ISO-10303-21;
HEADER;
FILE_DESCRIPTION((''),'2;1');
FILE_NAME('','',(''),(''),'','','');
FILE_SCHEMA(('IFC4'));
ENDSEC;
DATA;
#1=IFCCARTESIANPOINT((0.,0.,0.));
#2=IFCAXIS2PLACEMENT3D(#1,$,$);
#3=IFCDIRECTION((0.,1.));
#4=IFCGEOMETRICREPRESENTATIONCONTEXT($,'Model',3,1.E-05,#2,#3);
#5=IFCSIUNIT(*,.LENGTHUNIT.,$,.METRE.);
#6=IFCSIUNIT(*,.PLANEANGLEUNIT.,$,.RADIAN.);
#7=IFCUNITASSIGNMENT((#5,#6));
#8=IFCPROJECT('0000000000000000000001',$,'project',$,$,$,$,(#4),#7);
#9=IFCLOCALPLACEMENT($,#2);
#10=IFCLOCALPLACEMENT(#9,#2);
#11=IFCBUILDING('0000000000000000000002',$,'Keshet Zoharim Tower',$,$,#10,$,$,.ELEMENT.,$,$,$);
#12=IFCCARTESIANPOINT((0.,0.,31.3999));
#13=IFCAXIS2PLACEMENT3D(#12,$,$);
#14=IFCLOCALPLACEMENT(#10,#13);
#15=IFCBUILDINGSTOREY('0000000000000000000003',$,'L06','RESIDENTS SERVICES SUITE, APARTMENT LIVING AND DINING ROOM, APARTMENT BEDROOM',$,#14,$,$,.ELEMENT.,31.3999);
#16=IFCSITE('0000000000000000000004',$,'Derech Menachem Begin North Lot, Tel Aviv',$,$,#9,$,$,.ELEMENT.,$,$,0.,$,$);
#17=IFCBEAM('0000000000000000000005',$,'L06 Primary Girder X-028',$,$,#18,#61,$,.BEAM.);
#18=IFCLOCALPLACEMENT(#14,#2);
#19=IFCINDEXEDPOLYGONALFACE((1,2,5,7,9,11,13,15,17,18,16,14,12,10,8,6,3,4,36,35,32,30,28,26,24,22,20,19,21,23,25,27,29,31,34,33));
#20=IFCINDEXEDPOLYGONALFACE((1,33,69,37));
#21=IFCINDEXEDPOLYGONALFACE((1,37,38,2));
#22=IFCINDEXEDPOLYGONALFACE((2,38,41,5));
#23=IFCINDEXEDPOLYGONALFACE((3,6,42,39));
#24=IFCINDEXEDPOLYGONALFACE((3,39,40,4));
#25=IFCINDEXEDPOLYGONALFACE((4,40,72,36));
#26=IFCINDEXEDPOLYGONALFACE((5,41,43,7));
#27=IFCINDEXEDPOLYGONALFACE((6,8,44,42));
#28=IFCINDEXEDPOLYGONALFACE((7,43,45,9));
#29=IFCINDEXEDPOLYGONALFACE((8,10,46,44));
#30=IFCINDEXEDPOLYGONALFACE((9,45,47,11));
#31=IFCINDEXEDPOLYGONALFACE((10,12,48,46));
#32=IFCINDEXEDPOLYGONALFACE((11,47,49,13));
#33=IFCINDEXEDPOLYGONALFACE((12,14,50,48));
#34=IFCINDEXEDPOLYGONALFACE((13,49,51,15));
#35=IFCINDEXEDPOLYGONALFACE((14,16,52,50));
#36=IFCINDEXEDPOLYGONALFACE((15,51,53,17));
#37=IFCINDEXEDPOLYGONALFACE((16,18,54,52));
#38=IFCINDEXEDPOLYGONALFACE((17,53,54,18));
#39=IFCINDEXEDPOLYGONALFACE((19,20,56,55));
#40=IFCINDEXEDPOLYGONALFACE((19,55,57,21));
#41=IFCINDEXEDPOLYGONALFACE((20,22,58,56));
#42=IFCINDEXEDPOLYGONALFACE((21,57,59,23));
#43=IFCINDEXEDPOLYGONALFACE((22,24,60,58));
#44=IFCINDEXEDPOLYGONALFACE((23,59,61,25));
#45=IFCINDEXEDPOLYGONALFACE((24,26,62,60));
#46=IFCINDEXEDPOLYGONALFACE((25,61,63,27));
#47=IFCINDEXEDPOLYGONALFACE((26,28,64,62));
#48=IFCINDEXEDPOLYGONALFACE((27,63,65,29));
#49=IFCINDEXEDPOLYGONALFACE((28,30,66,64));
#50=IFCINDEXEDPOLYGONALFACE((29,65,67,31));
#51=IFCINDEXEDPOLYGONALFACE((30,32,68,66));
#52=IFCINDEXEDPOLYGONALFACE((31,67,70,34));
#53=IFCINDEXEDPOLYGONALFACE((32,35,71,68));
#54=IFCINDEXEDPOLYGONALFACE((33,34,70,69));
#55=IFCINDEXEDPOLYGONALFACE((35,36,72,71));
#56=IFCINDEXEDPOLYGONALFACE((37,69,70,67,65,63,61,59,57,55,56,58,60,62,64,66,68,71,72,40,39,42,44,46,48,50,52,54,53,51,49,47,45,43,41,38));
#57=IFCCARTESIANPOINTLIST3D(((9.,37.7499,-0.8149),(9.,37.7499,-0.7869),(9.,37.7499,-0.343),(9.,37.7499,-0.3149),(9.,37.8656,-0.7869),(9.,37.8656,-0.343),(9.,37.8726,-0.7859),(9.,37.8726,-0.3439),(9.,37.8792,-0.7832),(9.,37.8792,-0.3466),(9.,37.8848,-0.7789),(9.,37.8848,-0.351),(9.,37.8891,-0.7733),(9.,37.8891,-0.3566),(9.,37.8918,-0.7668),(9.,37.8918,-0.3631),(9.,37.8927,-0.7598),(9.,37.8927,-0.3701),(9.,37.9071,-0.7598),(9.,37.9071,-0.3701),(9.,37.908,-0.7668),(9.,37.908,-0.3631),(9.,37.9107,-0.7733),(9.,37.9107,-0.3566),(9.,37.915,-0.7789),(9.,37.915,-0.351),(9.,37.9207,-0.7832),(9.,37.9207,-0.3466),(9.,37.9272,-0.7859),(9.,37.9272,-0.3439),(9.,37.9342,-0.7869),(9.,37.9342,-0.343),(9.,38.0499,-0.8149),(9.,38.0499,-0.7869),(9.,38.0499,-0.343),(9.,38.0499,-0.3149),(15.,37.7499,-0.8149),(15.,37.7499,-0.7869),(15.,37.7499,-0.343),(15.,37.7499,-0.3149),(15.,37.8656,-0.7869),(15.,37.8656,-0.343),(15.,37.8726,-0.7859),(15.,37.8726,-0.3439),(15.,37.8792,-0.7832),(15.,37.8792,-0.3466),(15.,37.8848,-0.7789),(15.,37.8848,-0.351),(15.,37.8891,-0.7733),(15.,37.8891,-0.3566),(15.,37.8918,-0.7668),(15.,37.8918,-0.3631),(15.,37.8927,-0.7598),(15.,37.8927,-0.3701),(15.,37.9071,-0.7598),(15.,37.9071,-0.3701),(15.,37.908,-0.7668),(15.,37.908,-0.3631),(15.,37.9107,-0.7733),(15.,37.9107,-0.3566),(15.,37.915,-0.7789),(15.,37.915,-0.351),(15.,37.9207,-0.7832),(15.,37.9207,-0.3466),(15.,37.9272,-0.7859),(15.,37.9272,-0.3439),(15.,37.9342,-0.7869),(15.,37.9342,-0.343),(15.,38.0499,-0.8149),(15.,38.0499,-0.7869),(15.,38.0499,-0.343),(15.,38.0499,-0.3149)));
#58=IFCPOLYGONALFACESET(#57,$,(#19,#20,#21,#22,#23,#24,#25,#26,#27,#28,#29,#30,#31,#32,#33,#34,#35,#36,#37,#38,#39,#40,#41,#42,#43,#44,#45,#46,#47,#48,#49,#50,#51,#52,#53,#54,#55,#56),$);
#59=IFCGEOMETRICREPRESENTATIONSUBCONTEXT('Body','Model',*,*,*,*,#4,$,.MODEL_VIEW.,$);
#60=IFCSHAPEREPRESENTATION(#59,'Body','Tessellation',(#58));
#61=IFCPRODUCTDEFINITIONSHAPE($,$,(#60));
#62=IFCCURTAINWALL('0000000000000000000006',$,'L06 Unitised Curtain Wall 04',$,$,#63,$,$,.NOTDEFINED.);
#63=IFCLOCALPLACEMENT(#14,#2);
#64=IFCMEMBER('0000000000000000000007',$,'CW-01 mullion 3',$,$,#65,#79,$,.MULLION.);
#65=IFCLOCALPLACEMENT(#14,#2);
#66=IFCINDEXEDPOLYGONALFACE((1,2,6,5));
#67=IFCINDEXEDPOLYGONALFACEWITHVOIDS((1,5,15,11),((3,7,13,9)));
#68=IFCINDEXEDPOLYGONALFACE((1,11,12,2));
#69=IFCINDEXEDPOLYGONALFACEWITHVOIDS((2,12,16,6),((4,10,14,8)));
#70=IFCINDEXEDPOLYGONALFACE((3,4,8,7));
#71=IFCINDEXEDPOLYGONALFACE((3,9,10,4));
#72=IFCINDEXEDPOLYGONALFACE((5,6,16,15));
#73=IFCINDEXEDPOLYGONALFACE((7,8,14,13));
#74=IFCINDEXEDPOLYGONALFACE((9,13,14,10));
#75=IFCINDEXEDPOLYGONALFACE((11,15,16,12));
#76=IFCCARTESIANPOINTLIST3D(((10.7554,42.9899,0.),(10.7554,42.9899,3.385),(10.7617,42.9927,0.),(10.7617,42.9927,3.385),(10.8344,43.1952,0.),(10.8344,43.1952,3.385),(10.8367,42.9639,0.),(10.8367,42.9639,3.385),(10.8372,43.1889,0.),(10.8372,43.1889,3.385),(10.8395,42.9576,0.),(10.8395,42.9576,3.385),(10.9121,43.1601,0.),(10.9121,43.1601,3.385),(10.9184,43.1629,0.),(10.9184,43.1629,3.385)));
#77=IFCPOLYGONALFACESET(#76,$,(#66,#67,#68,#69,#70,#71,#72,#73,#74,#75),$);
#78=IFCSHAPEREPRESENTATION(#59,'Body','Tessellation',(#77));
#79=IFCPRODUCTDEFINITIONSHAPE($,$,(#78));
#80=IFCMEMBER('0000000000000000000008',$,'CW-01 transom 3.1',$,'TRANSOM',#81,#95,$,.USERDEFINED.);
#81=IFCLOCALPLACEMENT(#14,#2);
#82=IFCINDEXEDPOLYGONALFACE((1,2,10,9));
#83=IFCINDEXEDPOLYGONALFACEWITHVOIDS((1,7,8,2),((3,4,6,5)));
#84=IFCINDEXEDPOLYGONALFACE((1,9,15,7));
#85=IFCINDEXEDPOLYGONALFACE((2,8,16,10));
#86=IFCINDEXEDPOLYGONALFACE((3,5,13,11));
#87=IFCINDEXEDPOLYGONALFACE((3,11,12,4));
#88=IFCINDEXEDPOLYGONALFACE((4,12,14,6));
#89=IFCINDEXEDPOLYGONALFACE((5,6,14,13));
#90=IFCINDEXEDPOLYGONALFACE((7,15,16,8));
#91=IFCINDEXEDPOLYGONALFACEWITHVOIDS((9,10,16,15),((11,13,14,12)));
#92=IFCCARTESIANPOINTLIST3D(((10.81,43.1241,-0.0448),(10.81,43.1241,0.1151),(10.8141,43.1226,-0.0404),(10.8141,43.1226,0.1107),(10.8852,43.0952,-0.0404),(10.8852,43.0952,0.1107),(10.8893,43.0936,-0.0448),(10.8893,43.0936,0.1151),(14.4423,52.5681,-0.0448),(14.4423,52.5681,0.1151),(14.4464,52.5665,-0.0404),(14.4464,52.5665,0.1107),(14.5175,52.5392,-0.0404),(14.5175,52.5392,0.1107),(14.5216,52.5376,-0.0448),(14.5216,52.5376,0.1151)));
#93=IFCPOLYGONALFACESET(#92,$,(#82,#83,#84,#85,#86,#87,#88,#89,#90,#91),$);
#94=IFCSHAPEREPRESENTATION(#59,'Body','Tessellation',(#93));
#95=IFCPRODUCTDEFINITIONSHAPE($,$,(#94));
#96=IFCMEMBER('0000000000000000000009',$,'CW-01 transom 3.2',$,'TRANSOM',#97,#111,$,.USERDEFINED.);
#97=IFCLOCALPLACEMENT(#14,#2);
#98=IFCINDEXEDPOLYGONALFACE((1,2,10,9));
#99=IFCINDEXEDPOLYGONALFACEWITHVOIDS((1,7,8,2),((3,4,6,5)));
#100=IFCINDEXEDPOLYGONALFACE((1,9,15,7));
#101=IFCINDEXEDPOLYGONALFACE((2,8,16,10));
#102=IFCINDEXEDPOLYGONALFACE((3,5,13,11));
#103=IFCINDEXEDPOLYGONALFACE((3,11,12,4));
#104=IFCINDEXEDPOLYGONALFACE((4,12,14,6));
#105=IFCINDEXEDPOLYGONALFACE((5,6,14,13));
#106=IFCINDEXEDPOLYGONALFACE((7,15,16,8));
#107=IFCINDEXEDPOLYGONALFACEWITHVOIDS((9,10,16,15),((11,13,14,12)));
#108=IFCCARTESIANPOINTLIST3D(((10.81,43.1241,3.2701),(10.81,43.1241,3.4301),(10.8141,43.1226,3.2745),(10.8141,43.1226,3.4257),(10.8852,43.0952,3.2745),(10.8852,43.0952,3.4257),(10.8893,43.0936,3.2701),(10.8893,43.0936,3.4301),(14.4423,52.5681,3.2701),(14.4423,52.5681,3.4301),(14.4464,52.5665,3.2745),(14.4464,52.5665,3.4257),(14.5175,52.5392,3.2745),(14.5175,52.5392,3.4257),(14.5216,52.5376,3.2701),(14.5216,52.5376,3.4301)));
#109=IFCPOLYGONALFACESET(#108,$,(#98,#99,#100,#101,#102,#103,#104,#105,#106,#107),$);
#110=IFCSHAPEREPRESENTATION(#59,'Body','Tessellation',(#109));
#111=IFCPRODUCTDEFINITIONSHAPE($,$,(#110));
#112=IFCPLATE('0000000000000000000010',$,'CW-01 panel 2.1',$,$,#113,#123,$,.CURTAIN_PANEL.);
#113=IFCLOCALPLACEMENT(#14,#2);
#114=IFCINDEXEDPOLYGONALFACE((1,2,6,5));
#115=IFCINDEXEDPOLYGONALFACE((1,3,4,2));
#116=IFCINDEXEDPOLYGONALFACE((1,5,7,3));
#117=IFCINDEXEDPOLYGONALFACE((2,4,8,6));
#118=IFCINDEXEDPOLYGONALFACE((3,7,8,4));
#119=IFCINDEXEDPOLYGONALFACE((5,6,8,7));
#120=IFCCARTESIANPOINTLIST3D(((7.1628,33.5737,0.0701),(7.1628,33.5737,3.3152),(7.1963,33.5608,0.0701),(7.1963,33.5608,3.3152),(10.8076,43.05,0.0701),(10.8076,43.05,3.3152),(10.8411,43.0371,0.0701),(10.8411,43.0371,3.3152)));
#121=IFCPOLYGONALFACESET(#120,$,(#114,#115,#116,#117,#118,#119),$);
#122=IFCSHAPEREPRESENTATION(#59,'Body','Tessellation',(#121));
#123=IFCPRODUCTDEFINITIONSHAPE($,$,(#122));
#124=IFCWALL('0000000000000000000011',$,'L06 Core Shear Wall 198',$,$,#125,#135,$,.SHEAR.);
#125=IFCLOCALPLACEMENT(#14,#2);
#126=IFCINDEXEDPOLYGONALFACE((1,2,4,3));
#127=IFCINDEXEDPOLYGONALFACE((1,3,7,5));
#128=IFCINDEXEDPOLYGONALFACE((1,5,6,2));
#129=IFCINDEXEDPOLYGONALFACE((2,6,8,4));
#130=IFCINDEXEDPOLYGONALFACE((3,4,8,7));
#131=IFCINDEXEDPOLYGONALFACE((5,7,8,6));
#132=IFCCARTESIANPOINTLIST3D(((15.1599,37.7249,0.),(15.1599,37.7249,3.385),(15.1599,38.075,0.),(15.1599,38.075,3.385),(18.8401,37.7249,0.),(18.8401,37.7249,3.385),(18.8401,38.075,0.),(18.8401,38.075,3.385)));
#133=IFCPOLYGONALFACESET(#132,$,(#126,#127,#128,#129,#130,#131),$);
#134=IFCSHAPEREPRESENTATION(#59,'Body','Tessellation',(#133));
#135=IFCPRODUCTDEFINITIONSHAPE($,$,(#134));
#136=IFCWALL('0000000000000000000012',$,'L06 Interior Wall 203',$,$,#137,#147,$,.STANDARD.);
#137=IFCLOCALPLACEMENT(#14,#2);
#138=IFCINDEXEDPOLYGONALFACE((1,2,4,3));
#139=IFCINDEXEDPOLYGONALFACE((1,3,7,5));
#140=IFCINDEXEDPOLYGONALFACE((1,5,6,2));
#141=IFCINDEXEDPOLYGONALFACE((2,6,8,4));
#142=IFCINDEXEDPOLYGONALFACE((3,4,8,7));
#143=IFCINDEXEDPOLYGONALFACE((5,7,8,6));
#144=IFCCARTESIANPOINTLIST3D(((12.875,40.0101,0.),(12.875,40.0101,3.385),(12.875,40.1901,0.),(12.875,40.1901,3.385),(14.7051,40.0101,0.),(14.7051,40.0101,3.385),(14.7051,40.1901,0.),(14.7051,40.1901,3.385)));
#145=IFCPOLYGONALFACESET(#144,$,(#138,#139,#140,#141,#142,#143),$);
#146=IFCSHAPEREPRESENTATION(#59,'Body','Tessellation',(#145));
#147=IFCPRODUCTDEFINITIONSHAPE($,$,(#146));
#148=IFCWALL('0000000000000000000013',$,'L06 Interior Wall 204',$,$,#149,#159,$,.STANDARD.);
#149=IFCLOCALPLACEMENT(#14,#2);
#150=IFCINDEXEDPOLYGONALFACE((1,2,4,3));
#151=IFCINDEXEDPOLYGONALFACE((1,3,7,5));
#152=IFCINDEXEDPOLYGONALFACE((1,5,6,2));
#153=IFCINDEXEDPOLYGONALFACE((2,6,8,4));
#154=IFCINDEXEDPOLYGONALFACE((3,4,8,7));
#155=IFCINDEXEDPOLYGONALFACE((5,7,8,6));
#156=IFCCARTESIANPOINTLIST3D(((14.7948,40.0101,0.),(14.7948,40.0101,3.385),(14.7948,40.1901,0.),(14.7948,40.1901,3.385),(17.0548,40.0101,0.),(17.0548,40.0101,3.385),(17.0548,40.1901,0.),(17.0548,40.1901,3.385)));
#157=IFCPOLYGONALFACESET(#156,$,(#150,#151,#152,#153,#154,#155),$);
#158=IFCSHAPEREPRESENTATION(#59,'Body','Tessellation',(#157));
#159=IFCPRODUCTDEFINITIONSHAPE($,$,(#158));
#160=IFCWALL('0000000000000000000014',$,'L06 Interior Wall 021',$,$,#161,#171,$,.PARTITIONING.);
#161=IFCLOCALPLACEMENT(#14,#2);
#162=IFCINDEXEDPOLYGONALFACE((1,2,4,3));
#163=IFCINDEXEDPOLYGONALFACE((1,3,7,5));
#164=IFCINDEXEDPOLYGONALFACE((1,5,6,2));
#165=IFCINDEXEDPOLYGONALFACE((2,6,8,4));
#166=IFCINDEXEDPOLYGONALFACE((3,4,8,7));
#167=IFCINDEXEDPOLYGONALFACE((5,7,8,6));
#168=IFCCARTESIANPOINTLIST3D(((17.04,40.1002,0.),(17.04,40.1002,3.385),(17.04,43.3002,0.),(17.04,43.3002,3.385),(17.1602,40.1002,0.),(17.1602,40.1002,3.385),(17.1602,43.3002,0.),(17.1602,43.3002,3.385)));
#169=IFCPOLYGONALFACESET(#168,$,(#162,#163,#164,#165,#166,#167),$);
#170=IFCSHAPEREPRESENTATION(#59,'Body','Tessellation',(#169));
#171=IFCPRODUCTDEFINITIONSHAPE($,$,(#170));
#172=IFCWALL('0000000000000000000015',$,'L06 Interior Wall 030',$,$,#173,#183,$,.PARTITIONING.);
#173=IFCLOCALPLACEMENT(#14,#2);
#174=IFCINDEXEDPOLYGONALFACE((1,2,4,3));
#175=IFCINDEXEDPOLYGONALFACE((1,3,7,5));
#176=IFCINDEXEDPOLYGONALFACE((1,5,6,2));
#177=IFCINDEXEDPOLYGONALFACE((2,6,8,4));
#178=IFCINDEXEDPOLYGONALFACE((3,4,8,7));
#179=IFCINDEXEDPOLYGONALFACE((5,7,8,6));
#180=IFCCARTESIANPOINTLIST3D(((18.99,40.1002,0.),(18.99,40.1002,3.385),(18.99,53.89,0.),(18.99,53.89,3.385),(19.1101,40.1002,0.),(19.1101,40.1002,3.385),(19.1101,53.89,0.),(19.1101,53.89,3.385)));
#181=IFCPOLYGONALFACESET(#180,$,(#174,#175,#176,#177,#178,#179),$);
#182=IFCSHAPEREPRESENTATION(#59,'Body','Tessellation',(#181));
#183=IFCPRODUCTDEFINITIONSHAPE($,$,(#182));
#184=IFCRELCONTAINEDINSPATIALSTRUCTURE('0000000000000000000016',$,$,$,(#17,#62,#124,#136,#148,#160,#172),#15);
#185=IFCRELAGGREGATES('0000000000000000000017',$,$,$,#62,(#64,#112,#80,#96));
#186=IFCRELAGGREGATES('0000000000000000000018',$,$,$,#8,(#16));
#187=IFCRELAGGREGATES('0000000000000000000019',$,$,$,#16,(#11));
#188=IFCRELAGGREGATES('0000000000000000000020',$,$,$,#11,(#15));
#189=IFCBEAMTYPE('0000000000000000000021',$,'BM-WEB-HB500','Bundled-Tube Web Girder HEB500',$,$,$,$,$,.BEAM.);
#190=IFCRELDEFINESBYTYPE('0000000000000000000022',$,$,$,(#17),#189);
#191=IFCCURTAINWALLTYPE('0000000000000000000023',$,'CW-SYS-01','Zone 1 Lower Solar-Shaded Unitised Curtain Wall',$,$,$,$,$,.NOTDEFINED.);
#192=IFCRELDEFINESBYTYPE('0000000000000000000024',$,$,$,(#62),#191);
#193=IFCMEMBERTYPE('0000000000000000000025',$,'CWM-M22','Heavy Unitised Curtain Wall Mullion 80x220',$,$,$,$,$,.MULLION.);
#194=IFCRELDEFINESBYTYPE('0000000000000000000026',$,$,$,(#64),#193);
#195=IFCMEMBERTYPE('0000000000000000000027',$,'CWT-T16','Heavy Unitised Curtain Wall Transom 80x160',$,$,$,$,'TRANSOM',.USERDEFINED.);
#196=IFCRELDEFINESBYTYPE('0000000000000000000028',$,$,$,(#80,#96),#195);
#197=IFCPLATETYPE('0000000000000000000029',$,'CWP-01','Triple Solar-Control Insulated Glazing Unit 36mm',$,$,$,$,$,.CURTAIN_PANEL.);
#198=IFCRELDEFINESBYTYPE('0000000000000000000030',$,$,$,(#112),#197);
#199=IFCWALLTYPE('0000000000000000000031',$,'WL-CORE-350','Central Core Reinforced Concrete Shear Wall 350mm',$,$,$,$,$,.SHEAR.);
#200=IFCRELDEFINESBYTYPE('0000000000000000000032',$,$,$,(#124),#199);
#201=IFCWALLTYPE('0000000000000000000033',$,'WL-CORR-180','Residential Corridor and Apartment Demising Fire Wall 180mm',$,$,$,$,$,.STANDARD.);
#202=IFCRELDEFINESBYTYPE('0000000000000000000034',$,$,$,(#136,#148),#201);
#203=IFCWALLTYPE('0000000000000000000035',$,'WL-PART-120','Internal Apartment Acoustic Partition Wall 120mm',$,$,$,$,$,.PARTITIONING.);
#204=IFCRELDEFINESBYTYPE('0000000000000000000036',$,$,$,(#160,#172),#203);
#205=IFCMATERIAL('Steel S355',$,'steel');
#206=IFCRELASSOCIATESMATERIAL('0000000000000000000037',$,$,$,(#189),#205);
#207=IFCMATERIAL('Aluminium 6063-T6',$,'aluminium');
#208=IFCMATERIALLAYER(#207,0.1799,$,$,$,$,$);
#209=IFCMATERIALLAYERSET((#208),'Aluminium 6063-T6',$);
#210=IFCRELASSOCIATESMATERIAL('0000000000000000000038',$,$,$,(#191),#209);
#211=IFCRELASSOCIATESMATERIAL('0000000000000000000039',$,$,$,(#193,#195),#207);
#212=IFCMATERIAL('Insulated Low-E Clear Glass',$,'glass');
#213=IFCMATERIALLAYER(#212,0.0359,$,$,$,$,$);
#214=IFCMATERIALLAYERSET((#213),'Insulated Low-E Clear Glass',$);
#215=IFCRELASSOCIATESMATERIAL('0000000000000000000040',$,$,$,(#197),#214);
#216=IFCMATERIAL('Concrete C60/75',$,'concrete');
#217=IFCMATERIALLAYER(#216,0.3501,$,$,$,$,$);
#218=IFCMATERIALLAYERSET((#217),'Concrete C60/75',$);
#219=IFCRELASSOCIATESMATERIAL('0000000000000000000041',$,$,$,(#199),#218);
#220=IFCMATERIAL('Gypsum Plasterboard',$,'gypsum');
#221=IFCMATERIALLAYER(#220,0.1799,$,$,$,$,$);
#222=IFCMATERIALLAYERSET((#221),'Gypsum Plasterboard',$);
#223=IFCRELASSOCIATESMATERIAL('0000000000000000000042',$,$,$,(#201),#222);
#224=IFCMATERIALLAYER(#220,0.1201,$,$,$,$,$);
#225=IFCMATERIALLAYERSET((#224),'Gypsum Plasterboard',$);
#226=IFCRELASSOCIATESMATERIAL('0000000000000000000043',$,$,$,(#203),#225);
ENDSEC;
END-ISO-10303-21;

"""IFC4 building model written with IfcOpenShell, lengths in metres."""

from ifc_helpers import new_model, si_unit, direction, frame, frame_2d, origin, origin_2d, place, context, subcontext, project, spatial, rectangle, hollow_rectangle, i_section, extrude, material, layer, layer_set, material_profile, profile_set, type_object, element, aggregate, save


model = new_model("IFC4")

# Units and contexts
model_context = context("Model", 3, precision=1e-05, world=origin(), true_north=direction((0.0, 1.0)))
body_context = subcontext(model_context, "Body", "Model", "MODEL_VIEW")
ifc_project = project(units=[si_unit("LENGTHUNIT", "METRE"), si_unit("PLANEANGLEUNIT", "RADIAN")], contexts=[model_context])

# Site, building, storey
site_placement = place(None, origin())
site = spatial("IfcSite", under=ifc_project, at=site_placement, Name="Derech Menachem Begin North Lot, Tel Aviv", CompositionType="ELEMENT", RefElevation=0.0)
building_placement = place(site_placement, origin())
building = spatial("IfcBuilding", under=site, at=building_placement, Name="Keshet Zoharim Tower", CompositionType="ELEMENT")
storey_placement = place(building_placement, frame((0.0, 0.0, 31.3999)))
storey = spatial("IfcBuildingStorey", under=building, at=storey_placement, Name="L06", Description="RESIDENTS SERVICES SUITE, APARTMENT LIVING AND DINING ROOM, APARTMENT BEDROOM", CompositionType="ELEMENT", Elevation=31.3999)

# Beam
ifc_material_1 = material(Name="Steel S355", Category="steel")
ifc_material_profile_1 = material_profile(ifc_material_1, i_section(OverallWidth=0.3, OverallDepth=0.5, WebThickness=0.0144, FlangeThickness=0.0281, FilletRadius=0.0271, at=origin_2d()), Name="HEB500")
ifc_profile_set_1 = profile_set([ifc_material_profile_1], Name="Steel S355")
beam_type = type_object("IfcBeamType", Name="BM-WEB-HB500", Description="Bundled-Tube Web Girder HEB500", PredefinedType="BEAM", material=ifc_profile_set_1)
beam_placement = place(storey_placement, frame((9.0, 37.8999, -0.5649), z_axis=(1.0, 0.0, 0.0), x_axis=(0.0, 1.0, 0.0)))
element("IfcBeam", 1, at=beam_placement, inside=storey, type_object=beam_type, Name="L06 Primary Girder X-028", PredefinedType="BEAM", context=body_context, shape_type="SweptSolid", body=[
    extrude(i_section(OverallWidth=0.3, OverallDepth=0.5, WebThickness=0.0144, FlangeThickness=0.0281, FilletRadius=0.0271, at=origin_2d()), origin(), (0.0, 0.0, 1.0), 6.0),
])

# Curtain wall, members, plate
ifc_material_2 = material(Name="Aluminium 6063-T6", Category="aluminium")
ifc_layer_1 = layer(ifc_material_2, 0.1799)
ifc_layer_set_1 = layer_set([ifc_layer_1], Name="Aluminium 6063-T6")
curtain_wall_type = type_object("IfcCurtainWallType", Name="CW-SYS-01", Description="Zone 1 Lower Solar-Shaded Unitised Curtain Wall", PredefinedType="NOTDEFINED", material=ifc_layer_set_1)
curtain_wall_placement = place(storey_placement, origin())
curtain_wall = element("IfcCurtainWall", 2, at=curtain_wall_placement, inside=storey, type_object=curtain_wall_type, Name="L06 Unitised Curtain Wall 04", PredefinedType="NOTDEFINED")
ifc_material_profile_2 = material_profile(ifc_material_2, hollow_rectangle(XDim=0.0901, YDim=0.22, WallThickness=0.0049, at=origin_2d()), Name="MUL-90x220")
ifc_profile_set_2 = profile_set([ifc_material_profile_2], Name="Aluminium 6063-T6")
member_type_1 = type_object("IfcMemberType", Name="CWM-M22", Description="Heavy Unitised Curtain Wall Mullion 80x220", PredefinedType="MULLION", material=ifc_profile_set_2)
member_1_placement = place(storey_placement, frame((10.8369, 43.0764, 0.0), z_axis=(0.0, 0.0, 1.0), x_axis=(-0.933341, 0.35899, 0.0)))
member_1 = element("IfcMember", 3, at=member_1_placement, type_object=member_type_1, Name="CW-01 mullion 3", PredefinedType="MULLION", context=body_context, shape_type="SweptSolid", body=[
    extrude(hollow_rectangle(XDim=0.0901, YDim=0.22, WallThickness=0.0049, at=origin_2d()), origin(), (0.0, 0.0, 1.0), 3.385),
])
ifc_material_profile_3 = material_profile(ifc_material_2, hollow_rectangle(XDim=0.085, YDim=0.1599, WallThickness=0.0044, at=origin_2d()), Name="TRN-85x160")
ifc_profile_set_3 = profile_set([ifc_material_profile_3], Name="Aluminium 6063-T6")
member_type_2 = type_object("IfcMemberType", Name="CWT-T16", Description="Heavy Unitised Curtain Wall Transom 80x160", ElementType="TRANSOM", PredefinedType="USERDEFINED", material=ifc_profile_set_3)
member_2_placement = place(storey_placement, frame((10.8496, 43.1089, 0.0352), z_axis=(0.358986, 0.933343, 0.0), x_axis=(-0.933343, 0.358986, 0.0)))
member_2 = element("IfcMember", 4, at=member_2_placement, type_object=member_type_2, Name="CW-01 transom 3.1", ObjectType="TRANSOM", PredefinedType="USERDEFINED", context=body_context, shape_type="SweptSolid", body=[
    extrude(hollow_rectangle(XDim=0.085, YDim=0.1599, WallThickness=0.0044, at=origin_2d()), origin(), (0.0, 0.0, 1.0), 10.1184),
])
member_3_placement = place(storey_placement, frame((10.8496, 43.1089, 3.3501), z_axis=(0.358986, 0.933343, 0.0), x_axis=(-0.933343, 0.358986, 0.0)))
member_3 = element("IfcMember", 5, at=member_3_placement, type_object=member_type_2, Name="CW-01 transom 3.2", ObjectType="TRANSOM", PredefinedType="USERDEFINED", context=body_context, shape_type="SweptSolid", body=[
    extrude(hollow_rectangle(XDim=0.085, YDim=0.1599, WallThickness=0.0044, at=origin_2d()), origin(), (0.0, 0.0, 1.0), 10.1184),
])
ifc_material_3 = material(Name="Insulated Low-E Clear Glass", Category="glass")
ifc_layer_2 = layer(ifc_material_3, 0.0359)
ifc_layer_set_2 = layer_set([ifc_layer_2], Name="Insulated Low-E Clear Glass")
plate_type = type_object("IfcPlateType", Name="CWP-01", Description="Triple Solar-Control Insulated Glazing Unit 36mm", PredefinedType="CURTAIN_PANEL", material=ifc_layer_set_2)
plate_placement = place(storey_placement, frame((9.002, 38.3054, 0.0701), z_axis=(0.0, 0.0, 1.0), x_axis=(0.35899, 0.933341, 0.0)))
plate = element("IfcPlate", 6, at=plate_placement, type_object=plate_type, Name="CW-01 panel 2.1", PredefinedType="CURTAIN_PANEL", context=body_context, shape_type="SweptSolid", body=[
    extrude(rectangle(XDim=10.1531, YDim=0.0359, at=origin_2d()), origin(), (0.0, 0.0, 1.0), 3.2451),
])
aggregate(curtain_wall, [member_1, plate, member_2, member_3])

# Walls
ifc_material_4 = material(Name="Concrete C60/75", Category="concrete")
ifc_layer_3 = layer(ifc_material_4, 0.3501)
ifc_layer_set_3 = layer_set([ifc_layer_3], Name="Concrete C60/75")
wall_type_1 = type_object("IfcWallType", Name="WL-CORE-350", Description="Central Core Reinforced Concrete Shear Wall 350mm", PredefinedType="SHEAR", material=ifc_layer_set_3)
wall_1_placement = place(storey_placement, frame((15.1599, 37.8999, 0.0), z_axis=(0.0, 0.0, 1.0), x_axis=(1.0, 0.0, 0.0)))
element("IfcWall", 7, at=wall_1_placement, inside=storey, type_object=wall_type_1, Name="L06 Core Shear Wall 198", PredefinedType="SHEAR", context=body_context, shape_type="SweptSolid", body=[
    extrude(rectangle(XDim=3.6802, YDim=0.3501, at=frame_2d((1.8401, 0.0))), origin(), (0.0, 0.0, 1.0), 3.385),
])
ifc_material_5 = material(Name="Gypsum Plasterboard", Category="gypsum")
ifc_layer_4 = layer(ifc_material_5, 0.1799)
ifc_layer_set_4 = layer_set([ifc_layer_4], Name="Gypsum Plasterboard")
wall_type_2 = type_object("IfcWallType", Name="WL-CORR-180", Description="Residential Corridor and Apartment Demising Fire Wall 180mm", PredefinedType="STANDARD", material=ifc_layer_set_4)
wall_2_placement = place(storey_placement, frame((12.875, 40.1001, 0.0), z_axis=(0.0, 0.0, 1.0), x_axis=(1.0, 0.0, 0.0)))
element("IfcWall", 8, at=wall_2_placement, inside=storey, type_object=wall_type_2, Name="L06 Interior Wall 203", PredefinedType="STANDARD", context=body_context, shape_type="SweptSolid", body=[
    extrude(rectangle(XDim=1.8301, YDim=0.1799, at=frame_2d((0.915, 0.0))), origin(), (0.0, 0.0, 1.0), 3.385),
])
wall_3_placement = place(storey_placement, frame((14.7949, 40.1001, 0.0), z_axis=(0.0, 0.0, 1.0), x_axis=(1.0, 0.0, 0.0)))
element("IfcWall", 9, at=wall_3_placement, inside=storey, type_object=wall_type_2, Name="L06 Interior Wall 204", PredefinedType="STANDARD", context=body_context, shape_type="SweptSolid", body=[
    extrude(rectangle(XDim=2.26, YDim=0.1799, at=frame_2d((1.1299, 0.0))), origin(), (0.0, 0.0, 1.0), 3.385),
])

# Shared definitions
ifc_layer_5 = layer(ifc_material_5, 0.1201)
ifc_layer_set_5 = layer_set([ifc_layer_5], Name="Gypsum Plasterboard")
wall_type_3 = type_object("IfcWallType", Name="WL-PART-120", Description="Internal Apartment Acoustic Partition Wall 120mm", PredefinedType="PARTITIONING", material=ifc_layer_set_5)

# Walls
wall_4_placement = place(storey_placement, frame((17.1001, 40.1001, 0.0), z_axis=(0.0, 0.0, 1.0), x_axis=(0.0, 1.0, 0.0)))
element("IfcWall", 10, at=wall_4_placement, inside=storey, type_object=wall_type_3, Name="L06 Interior Wall 021", PredefinedType="PARTITIONING", context=body_context, shape_type="SweptSolid", body=[
    extrude(rectangle(XDim=3.2, YDim=0.1201, at=frame_2d((1.6001, 0.0))), origin(), (0.0, 0.0, 1.0), 3.385),
])
wall_5_placement = place(storey_placement, frame((19.05, 40.1001, 0.0), z_axis=(0.0, 0.0, 1.0), x_axis=(0.0, 1.0, 0.0)))
element("IfcWall", 11, at=wall_5_placement, inside=storey, type_object=wall_type_3, Name="L06 Interior Wall 030", PredefinedType="PARTITIONING", context=body_context, shape_type="SweptSolid", body=[
    extrude(rectangle(XDim=13.7898, YDim=0.1201, at=frame_2d((6.895, 0.0))), origin(), (0.0, 0.0, 1.0), 3.385),
])

save(model, "model.ifc")
